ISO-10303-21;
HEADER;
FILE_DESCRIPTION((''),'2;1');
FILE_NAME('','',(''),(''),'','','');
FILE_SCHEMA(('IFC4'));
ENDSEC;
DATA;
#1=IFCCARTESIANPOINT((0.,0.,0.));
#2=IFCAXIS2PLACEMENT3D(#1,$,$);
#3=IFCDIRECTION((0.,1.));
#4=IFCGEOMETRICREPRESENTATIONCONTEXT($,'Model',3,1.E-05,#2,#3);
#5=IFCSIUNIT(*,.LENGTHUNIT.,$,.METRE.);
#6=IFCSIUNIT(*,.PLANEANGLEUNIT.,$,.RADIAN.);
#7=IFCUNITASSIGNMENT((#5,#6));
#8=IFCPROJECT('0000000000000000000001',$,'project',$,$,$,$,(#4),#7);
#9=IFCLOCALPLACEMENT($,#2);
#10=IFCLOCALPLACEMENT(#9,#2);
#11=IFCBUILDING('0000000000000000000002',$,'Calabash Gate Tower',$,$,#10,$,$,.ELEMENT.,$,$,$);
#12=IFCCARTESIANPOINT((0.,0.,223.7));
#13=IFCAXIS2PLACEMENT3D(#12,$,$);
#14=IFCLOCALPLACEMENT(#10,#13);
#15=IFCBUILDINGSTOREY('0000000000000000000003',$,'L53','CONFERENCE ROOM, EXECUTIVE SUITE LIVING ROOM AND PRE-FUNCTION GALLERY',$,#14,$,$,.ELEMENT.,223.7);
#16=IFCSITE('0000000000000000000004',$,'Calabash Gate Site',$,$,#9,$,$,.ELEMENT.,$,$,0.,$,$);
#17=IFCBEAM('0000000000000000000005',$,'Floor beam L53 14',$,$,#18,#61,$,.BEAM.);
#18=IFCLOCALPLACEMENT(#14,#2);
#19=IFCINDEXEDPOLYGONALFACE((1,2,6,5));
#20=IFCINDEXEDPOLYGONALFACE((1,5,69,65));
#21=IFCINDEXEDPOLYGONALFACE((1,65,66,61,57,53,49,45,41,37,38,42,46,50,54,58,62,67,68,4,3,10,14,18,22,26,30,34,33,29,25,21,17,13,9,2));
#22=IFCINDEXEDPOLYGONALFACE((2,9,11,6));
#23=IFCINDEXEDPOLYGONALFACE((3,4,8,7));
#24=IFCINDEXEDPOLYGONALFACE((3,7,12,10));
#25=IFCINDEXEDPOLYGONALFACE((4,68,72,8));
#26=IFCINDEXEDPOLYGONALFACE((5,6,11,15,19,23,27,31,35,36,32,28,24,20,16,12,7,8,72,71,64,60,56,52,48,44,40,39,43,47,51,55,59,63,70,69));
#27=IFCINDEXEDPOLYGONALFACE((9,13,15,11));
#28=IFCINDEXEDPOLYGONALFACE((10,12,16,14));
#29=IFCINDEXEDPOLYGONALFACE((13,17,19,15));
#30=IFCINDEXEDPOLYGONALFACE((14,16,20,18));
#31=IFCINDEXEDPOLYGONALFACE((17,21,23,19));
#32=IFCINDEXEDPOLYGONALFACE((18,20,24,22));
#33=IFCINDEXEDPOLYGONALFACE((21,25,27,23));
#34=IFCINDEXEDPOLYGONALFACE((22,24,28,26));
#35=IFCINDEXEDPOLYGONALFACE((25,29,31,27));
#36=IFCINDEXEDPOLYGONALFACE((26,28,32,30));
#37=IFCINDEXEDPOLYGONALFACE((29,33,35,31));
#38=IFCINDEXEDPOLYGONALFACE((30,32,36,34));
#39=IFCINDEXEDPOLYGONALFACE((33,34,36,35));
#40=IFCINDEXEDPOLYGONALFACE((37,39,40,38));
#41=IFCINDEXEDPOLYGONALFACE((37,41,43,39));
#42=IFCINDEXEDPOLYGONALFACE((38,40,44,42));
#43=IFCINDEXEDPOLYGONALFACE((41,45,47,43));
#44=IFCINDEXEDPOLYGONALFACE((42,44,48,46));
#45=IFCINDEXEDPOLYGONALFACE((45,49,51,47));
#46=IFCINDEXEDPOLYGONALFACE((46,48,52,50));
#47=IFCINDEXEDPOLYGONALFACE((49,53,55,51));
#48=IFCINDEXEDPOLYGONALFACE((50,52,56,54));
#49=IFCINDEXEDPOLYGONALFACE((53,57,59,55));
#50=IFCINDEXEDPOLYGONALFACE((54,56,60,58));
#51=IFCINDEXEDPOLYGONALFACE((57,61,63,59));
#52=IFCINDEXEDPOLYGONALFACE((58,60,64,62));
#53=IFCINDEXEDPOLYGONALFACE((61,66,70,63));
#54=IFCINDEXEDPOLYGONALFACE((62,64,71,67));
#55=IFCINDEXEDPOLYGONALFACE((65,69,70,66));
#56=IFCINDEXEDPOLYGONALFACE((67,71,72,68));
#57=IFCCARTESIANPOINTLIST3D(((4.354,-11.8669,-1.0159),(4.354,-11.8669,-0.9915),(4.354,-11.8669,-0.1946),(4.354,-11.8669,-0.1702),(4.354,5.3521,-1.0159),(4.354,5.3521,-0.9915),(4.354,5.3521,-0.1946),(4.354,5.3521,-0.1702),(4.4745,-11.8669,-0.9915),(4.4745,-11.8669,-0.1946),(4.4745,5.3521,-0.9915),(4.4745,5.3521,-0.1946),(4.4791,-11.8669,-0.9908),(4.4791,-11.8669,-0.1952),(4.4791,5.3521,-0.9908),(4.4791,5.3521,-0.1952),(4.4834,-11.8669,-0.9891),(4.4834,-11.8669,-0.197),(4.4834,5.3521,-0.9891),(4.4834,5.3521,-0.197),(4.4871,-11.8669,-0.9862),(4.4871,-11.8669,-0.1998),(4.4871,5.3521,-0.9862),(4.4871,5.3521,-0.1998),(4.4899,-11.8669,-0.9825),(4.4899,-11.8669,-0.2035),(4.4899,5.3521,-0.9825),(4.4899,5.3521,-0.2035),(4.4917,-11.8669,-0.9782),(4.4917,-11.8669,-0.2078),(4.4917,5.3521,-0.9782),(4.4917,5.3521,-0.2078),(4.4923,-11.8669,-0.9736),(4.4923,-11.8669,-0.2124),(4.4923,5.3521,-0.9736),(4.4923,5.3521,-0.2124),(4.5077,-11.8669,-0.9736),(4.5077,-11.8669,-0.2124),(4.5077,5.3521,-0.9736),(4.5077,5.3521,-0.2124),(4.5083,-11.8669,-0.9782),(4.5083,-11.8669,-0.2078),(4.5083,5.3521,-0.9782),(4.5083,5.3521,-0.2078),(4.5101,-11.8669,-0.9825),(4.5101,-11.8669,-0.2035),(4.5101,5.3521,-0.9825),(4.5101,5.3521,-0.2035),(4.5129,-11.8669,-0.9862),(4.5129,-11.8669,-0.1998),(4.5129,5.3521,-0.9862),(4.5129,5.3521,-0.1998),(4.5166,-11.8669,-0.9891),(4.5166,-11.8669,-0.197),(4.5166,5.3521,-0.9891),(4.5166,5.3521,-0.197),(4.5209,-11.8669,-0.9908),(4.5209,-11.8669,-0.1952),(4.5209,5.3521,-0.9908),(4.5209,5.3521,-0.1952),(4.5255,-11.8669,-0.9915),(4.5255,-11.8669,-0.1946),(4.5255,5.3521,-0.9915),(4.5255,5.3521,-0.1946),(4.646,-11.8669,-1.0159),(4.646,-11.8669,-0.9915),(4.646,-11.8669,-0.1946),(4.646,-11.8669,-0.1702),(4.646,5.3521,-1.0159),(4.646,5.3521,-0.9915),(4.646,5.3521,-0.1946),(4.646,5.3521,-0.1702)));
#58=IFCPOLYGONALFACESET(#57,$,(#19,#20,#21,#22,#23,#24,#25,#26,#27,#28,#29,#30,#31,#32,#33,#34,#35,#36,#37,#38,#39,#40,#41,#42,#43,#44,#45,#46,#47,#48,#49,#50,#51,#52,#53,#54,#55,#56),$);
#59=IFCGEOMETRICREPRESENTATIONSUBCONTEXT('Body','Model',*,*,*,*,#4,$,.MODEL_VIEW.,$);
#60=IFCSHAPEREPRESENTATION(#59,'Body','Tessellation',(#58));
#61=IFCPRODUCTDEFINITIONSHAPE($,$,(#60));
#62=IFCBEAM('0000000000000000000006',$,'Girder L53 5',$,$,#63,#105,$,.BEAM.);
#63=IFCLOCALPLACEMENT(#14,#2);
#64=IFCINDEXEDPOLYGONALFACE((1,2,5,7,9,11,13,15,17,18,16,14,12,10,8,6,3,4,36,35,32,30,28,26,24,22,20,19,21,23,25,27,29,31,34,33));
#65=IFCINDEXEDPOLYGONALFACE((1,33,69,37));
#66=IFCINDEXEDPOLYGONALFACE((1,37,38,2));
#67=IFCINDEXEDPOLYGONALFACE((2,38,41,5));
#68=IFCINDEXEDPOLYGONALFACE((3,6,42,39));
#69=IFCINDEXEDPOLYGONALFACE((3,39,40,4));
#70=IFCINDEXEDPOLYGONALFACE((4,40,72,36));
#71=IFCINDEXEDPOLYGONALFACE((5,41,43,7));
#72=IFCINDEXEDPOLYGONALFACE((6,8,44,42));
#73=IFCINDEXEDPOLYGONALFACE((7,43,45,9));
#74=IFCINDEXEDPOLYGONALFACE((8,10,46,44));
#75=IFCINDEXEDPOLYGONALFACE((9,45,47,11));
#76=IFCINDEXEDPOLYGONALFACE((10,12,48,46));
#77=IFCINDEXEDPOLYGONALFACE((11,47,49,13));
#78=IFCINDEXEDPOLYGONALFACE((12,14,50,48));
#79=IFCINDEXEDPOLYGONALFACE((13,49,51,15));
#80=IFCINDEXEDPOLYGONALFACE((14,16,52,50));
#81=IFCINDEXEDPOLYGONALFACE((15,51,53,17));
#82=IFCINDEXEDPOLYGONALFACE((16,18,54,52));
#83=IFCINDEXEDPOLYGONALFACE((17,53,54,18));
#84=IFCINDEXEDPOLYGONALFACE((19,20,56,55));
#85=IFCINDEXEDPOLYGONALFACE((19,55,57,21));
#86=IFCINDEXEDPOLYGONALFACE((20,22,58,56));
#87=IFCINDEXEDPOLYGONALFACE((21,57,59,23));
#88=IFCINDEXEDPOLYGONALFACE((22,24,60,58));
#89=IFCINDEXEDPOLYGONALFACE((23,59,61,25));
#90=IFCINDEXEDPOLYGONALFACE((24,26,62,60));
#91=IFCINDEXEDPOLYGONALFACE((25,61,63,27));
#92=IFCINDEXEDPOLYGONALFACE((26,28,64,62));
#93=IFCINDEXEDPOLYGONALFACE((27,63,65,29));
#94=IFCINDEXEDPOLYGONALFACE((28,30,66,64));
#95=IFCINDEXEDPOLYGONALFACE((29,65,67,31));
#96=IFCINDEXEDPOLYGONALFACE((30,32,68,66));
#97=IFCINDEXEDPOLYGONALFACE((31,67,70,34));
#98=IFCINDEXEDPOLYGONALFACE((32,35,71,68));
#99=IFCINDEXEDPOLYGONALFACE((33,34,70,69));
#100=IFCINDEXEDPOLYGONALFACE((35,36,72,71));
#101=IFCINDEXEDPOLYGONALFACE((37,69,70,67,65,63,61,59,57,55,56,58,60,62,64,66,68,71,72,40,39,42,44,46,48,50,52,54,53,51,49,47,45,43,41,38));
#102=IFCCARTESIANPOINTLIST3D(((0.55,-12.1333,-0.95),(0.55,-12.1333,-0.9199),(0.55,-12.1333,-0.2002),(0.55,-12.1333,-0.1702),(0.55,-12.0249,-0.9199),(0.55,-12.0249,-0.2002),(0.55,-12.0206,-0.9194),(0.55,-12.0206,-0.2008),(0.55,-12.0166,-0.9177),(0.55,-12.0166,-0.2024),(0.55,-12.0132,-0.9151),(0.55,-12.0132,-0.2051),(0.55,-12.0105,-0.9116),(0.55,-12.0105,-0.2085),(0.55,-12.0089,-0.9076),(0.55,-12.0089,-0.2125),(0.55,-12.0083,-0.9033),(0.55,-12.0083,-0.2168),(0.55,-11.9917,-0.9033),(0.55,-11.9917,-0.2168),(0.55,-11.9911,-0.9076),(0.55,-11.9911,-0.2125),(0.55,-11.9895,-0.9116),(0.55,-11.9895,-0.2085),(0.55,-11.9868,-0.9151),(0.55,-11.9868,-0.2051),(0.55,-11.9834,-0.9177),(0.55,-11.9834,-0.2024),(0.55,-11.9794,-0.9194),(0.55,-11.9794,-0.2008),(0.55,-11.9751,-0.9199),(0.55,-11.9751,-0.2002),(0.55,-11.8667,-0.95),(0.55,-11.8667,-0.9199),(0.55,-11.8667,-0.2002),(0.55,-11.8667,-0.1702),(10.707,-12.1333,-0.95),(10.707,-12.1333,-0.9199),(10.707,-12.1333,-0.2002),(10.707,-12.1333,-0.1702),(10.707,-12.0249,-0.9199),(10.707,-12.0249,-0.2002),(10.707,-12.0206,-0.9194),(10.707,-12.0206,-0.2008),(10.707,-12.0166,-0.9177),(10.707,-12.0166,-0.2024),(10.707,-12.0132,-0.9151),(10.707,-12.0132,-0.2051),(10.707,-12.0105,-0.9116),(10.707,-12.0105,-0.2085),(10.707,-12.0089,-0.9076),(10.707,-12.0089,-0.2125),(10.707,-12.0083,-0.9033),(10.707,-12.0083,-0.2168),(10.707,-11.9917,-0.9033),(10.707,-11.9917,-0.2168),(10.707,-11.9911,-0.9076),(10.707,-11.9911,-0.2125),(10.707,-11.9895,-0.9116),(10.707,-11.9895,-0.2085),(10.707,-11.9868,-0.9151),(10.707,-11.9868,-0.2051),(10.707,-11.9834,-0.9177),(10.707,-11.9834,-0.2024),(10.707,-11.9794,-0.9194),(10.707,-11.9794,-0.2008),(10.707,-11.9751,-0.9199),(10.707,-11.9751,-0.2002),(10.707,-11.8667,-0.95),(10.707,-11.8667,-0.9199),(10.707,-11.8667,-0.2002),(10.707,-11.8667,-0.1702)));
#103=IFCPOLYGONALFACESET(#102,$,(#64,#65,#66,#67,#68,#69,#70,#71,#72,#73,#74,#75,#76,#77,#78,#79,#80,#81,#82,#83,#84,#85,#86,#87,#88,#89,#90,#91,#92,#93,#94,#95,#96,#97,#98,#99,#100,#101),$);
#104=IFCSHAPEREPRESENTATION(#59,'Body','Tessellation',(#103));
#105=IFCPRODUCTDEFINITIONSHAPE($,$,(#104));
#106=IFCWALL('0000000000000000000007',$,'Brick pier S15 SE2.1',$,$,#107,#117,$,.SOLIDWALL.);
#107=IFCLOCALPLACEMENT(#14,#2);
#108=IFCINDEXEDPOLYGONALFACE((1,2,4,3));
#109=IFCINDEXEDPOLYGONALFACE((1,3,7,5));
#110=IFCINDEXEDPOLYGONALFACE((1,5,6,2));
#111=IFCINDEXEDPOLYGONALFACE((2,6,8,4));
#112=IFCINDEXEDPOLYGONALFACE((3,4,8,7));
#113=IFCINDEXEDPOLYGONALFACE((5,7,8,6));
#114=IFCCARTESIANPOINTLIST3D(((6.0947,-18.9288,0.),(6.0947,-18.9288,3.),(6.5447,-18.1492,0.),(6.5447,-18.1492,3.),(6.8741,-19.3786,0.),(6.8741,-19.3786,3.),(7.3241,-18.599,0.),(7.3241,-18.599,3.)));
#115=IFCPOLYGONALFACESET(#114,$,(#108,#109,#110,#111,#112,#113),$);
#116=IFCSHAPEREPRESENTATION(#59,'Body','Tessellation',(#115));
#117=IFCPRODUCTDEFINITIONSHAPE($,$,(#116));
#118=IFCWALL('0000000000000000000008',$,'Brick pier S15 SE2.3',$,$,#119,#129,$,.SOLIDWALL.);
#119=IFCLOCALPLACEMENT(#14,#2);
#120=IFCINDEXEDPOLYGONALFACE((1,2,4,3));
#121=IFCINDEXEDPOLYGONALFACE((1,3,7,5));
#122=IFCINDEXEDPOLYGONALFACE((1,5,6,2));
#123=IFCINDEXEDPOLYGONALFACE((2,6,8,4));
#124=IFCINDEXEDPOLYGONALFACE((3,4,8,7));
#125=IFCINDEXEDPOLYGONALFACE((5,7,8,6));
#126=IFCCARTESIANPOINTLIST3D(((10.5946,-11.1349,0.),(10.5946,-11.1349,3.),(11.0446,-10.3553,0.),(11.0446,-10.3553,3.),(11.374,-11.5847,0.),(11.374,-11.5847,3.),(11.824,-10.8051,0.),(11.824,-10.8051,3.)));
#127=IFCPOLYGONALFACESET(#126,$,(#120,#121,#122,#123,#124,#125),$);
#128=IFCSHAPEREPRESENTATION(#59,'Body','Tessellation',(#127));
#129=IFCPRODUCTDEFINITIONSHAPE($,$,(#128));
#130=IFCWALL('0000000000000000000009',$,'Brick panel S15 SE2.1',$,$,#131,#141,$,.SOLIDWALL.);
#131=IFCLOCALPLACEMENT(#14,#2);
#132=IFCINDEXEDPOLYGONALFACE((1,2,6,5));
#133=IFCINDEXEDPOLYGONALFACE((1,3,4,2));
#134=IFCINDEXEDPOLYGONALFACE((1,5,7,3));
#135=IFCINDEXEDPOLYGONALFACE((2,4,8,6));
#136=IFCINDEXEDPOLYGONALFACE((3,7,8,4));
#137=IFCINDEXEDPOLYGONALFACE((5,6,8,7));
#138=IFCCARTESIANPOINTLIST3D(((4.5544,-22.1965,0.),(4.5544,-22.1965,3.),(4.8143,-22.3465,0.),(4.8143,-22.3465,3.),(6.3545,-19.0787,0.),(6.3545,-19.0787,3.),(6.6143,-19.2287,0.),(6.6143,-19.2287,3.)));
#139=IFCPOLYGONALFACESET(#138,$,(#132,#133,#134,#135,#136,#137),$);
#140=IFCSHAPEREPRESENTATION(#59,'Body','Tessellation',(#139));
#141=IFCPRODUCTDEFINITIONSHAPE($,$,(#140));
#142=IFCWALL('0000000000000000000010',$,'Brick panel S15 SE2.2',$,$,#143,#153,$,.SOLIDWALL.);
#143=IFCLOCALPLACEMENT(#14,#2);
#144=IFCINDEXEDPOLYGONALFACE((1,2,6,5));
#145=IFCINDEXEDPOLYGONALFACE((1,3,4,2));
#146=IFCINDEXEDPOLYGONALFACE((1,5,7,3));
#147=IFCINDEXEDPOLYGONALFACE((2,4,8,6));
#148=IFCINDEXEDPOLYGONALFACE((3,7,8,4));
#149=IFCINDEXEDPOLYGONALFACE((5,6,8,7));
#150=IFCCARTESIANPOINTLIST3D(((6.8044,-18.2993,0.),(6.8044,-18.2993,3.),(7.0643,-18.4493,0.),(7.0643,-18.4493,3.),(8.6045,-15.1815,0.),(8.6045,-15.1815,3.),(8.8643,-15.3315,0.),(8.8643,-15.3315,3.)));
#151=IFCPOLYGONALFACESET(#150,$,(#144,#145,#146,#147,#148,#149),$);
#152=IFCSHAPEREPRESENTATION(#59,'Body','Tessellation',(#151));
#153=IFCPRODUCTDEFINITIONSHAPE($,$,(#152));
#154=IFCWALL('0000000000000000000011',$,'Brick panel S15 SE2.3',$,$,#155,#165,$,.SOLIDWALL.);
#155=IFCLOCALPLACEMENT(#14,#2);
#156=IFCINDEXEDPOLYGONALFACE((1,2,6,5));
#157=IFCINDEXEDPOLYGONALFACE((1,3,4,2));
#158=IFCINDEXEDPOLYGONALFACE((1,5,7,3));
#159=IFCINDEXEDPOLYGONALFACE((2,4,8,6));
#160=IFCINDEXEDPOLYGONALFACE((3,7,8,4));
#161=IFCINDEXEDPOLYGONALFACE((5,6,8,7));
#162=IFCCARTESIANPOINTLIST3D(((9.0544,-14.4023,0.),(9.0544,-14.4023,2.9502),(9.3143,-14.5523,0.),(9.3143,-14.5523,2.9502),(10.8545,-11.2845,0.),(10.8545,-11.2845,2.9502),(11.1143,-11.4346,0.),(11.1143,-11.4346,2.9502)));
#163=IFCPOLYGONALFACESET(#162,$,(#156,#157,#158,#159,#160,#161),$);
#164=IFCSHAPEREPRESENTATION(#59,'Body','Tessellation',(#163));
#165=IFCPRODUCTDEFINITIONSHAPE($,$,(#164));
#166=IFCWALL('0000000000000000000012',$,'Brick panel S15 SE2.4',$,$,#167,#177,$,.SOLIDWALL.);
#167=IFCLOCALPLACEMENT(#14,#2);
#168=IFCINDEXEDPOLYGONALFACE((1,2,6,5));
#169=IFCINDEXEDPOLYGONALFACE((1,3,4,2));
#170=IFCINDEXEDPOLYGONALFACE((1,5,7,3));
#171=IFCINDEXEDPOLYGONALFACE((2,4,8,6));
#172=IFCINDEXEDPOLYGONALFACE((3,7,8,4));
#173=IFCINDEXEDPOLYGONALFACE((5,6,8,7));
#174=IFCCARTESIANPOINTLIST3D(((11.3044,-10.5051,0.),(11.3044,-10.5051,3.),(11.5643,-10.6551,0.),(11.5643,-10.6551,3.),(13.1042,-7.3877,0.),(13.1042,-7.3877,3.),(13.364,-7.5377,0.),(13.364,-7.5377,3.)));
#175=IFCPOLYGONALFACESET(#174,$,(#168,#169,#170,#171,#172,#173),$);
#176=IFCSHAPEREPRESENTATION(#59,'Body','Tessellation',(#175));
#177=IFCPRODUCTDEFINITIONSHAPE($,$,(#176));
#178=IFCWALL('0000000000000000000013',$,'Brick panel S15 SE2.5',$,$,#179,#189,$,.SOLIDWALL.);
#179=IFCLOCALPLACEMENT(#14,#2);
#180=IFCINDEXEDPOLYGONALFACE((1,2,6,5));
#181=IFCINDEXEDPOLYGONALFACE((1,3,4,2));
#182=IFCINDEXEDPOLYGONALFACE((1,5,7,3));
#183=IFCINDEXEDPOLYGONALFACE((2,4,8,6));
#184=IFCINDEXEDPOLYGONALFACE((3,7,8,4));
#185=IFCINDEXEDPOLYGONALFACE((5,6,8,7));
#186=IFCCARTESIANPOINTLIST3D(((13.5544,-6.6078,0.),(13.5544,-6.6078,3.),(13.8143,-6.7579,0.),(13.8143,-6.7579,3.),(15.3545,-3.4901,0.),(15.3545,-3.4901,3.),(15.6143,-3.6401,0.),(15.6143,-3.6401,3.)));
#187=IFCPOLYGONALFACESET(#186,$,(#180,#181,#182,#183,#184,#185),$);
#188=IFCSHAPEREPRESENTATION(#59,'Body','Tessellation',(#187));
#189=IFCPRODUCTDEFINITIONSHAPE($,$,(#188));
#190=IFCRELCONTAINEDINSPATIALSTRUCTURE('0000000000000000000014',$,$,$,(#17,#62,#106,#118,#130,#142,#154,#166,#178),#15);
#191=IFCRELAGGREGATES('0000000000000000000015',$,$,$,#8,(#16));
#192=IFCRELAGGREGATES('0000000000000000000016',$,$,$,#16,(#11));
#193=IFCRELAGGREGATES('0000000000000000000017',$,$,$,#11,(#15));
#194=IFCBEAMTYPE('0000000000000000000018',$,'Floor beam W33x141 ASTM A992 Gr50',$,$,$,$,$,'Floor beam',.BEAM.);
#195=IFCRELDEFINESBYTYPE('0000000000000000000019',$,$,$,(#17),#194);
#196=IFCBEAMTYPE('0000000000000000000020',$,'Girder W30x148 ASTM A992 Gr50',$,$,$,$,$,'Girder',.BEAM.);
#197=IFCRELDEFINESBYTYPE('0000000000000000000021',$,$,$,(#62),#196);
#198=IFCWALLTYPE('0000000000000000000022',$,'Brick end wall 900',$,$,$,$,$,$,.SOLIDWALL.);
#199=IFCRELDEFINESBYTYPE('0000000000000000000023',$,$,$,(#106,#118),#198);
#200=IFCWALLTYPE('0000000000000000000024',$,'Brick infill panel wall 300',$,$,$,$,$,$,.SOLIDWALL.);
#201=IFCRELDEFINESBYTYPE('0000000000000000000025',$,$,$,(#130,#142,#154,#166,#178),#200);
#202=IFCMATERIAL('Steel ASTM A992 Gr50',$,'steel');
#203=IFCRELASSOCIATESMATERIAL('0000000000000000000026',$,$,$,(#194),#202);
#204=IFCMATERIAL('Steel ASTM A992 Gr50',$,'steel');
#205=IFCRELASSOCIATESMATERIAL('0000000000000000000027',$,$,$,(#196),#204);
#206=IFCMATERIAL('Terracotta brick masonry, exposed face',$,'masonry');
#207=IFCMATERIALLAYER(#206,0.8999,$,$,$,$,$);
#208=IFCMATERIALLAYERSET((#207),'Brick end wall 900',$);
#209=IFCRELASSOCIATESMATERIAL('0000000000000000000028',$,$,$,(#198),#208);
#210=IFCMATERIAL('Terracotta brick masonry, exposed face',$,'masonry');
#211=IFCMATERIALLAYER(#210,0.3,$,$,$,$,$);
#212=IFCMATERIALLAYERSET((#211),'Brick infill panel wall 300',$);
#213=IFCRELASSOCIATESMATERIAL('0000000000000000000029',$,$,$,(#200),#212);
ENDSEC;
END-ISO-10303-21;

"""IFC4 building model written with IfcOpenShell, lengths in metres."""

from ifc_helpers import new_model, si_unit, direction, frame, frame_2d, origin, origin_2d, place, context, subcontext, project, spatial, rectangle, i_section, extrude, material, layer, layer_set, material_profile, profile_set, type_object, element, save


model = new_model("IFC4")

# Units and contexts
model_context = context("Model", 3, precision=1e-05, world=origin(), true_north=direction((0.0, 1.0)))
body_context = subcontext(model_context, "Body", "Model", "MODEL_VIEW")
ifc_project = project(units=[si_unit("LENGTHUNIT", "METRE"), si_unit("PLANEANGLEUNIT", "RADIAN")], contexts=[model_context])

# Site, building, storey
site_placement = place(None, origin())
site = spatial("IfcSite", under=ifc_project, at=site_placement, Name="Calabash Gate Site", CompositionType="ELEMENT", RefElevation=0.0)
building_placement = place(site_placement, origin())
building = spatial("IfcBuilding", under=site, at=building_placement, Name="Calabash Gate Tower", CompositionType="ELEMENT")
storey_placement = place(building_placement, frame((0.0, 0.0, 223.7)))
storey = spatial("IfcBuildingStorey", under=building, at=storey_placement, Name="L53", Description="CONFERENCE ROOM, EXECUTIVE SUITE LIVING ROOM AND PRE-FUNCTION GALLERY", CompositionType="ELEMENT", Elevation=223.7)

# Beams
ifc_material_1 = material(Name="Steel ASTM A992 Gr50", Category="steel")
ifc_material_profile_1 = material_profile(ifc_material_1, i_section(OverallWidth=0.292, OverallDepth=0.8457, WebThickness=0.0154, FlangeThickness=0.0244, FilletRadius=0.0178, at=origin_2d()))
ifc_profile_set_1 = profile_set([ifc_material_profile_1], Name="Steel ASTM A992 Gr50")
beam_type_1 = type_object("IfcBeamType", Name="Floor beam W33x141 ASTM A992 Gr50", ElementType="Floor beam", PredefinedType="BEAM", material=ifc_profile_set_1)
beam_1_placement = place(storey_placement, frame((4.5, -11.8669, -0.593), z_axis=(0.0, 1.0, 0.0), x_axis=(-1.0, 0.0, 0.0)))
element("IfcBeam", 1, at=beam_1_placement, inside=storey, type_object=beam_type_1, Name="Floor beam L53 14", PredefinedType="BEAM", context=body_context, shape_type="SweptSolid", body=[
    extrude(i_section(OverallWidth=0.292, OverallDepth=0.8457, WebThickness=0.0154, FlangeThickness=0.0244, FilletRadius=0.0178, at=origin_2d()), origin(), (0.0, 0.0, 1.0), 17.219),
])
ifc_material_2 = material(Name="Steel ASTM A992 Gr50", Category="steel")
ifc_material_profile_2 = material_profile(ifc_material_2, i_section(OverallWidth=0.2666, OverallDepth=0.7798, WebThickness=0.0166, FlangeThickness=0.03, FilletRadius=0.0166, at=origin_2d()))
ifc_profile_set_2 = profile_set([ifc_material_profile_2], Name="Steel ASTM A992 Gr50")
beam_type_2 = type_object("IfcBeamType", Name="Girder W30x148 ASTM A992 Gr50", ElementType="Girder", PredefinedType="BEAM", material=ifc_profile_set_2)
beam_2_placement = place(storey_placement, frame((0.55, -12.0, -0.5601), z_axis=(1.0, 0.0, 0.0), x_axis=(0.0, 1.0, 0.0)))
element("IfcBeam", 2, at=beam_2_placement, inside=storey, type_object=beam_type_2, Name="Girder L53 5", PredefinedType="BEAM", context=body_context, shape_type="SweptSolid", body=[
    extrude(i_section(OverallWidth=0.2666, OverallDepth=0.7798, WebThickness=0.0166, FlangeThickness=0.03, FilletRadius=0.0166, at=origin_2d()), origin(), (0.0, 0.0, 1.0), 10.157),
])

# Walls
ifc_material_3 = material(Name="Terracotta brick masonry, exposed face", Category="masonry")
ifc_layer_1 = layer(ifc_material_3, 0.8999)
ifc_layer_set_1 = layer_set([ifc_layer_1], Name="Brick end wall 900")
wall_type_1 = type_object("IfcWallType", Name="Brick end wall 900", PredefinedType="SOLIDWALL", material=ifc_layer_set_1)
for number, where, z_axis, x_axis, name in (
    (3, (6.4844, -19.1538, 0.0), (0.0, 0.0, 1.0), (0.499902, 0.866082, 0.0), "Brick pier S15 SE2.1"),
    (4, (11.4343, -10.5801, 0.0), (0.0, 0.0, 1.0), (-0.499902, -0.866082, 0.0), "Brick pier S15 SE2.3"),
):
    element("IfcWall", number, at=place(storey_placement, frame(where, z_axis=z_axis, x_axis=x_axis)), inside=storey, type_object=wall_type_1, Name=name, PredefinedType="SOLIDWALL", context=body_context, shape_type="SweptSolid", body=[
        extrude(rectangle(XDim=0.9001, YDim=0.8999, at=frame_2d((0.4502, 0.0))), origin(), (0.0, 0.0, 1.0), 3.0),
    ])
ifc_material_4 = material(Name="Terracotta brick masonry, exposed face", Category="masonry")
ifc_layer_2 = layer(ifc_material_4, 0.3)
ifc_layer_set_2 = layer_set([ifc_layer_2], Name="Brick infill panel wall 300")
wall_type_2 = type_object("IfcWallType", Name="Brick infill panel wall 300", PredefinedType="SOLIDWALL", material=ifc_layer_set_2)
for number, where, z_axis, x_axis, name in (
    (5, (4.6843, -22.2715, 0.0), (0.0, 0.0, 1.0), (0.500012, 0.866018, 0.0), "Brick panel S15 SE2.1"),
    (6, (6.9343, -18.3743, 0.0), (0.0, 0.0, 1.0), (0.500012, 0.866018, 0.0), "Brick panel S15 SE2.2"),
):
    element("IfcWall", number, at=place(storey_placement, frame(where, z_axis=z_axis, x_axis=x_axis)), inside=storey, type_object=wall_type_2, Name=name, PredefinedType="SOLIDWALL", context=body_context, shape_type="SweptSolid", body=[
        extrude(rectangle(XDim=3.6001, YDim=0.3, at=frame_2d((1.8, 0.0))), origin(), (0.0, 0.0, 1.0), 3.0),
    ])
wall_1_placement = place(storey_placement, frame((9.1843, -14.4773, 0.0), z_axis=(0.0, 0.0, 1.0), x_axis=(0.500012, 0.866018, 0.0)))
element("IfcWall", 7, at=wall_1_placement, inside=storey, type_object=wall_type_2, Name="Brick panel S15 SE2.3", PredefinedType="SOLIDWALL", context=body_context, shape_type="SweptSolid", body=[
    extrude(rectangle(XDim=3.6001, YDim=0.3, at=frame_2d((1.8, 0.0))), origin(), (0.0, 0.0, 1.0), 2.9502),
])
wall_2_placement = place(storey_placement, frame((11.4343, -10.5801, 0.0), z_axis=(0.0, 0.0, 1.0), x_axis=(0.499991, 0.866031, 0.0)))
element("IfcWall", 8, at=wall_2_placement, inside=storey, type_object=wall_type_2, Name="Brick panel S15 SE2.4", PredefinedType="SOLIDWALL", context=body_context, shape_type="SweptSolid", body=[
    extrude(rectangle(XDim=3.5996, YDim=0.3, at=frame_2d((1.7998, 0.0))), origin(), (0.0, 0.0, 1.0), 3.0),
])
wall_3_placement = place(storey_placement, frame((13.6843, -6.6829, 0.0), z_axis=(0.0, 0.0, 1.0), x_axis=(0.500012, 0.866018, 0.0)))
element("IfcWall", 9, at=wall_3_placement, inside=storey, type_object=wall_type_2, Name="Brick panel S15 SE2.5", PredefinedType="SOLIDWALL", context=body_context, shape_type="SweptSolid", body=[
    extrude(rectangle(XDim=3.6001, YDim=0.3, at=frame_2d((1.8, 0.0))), origin(), (0.0, 0.0, 1.0), 3.0),
])

save(model, "model.ifc")
